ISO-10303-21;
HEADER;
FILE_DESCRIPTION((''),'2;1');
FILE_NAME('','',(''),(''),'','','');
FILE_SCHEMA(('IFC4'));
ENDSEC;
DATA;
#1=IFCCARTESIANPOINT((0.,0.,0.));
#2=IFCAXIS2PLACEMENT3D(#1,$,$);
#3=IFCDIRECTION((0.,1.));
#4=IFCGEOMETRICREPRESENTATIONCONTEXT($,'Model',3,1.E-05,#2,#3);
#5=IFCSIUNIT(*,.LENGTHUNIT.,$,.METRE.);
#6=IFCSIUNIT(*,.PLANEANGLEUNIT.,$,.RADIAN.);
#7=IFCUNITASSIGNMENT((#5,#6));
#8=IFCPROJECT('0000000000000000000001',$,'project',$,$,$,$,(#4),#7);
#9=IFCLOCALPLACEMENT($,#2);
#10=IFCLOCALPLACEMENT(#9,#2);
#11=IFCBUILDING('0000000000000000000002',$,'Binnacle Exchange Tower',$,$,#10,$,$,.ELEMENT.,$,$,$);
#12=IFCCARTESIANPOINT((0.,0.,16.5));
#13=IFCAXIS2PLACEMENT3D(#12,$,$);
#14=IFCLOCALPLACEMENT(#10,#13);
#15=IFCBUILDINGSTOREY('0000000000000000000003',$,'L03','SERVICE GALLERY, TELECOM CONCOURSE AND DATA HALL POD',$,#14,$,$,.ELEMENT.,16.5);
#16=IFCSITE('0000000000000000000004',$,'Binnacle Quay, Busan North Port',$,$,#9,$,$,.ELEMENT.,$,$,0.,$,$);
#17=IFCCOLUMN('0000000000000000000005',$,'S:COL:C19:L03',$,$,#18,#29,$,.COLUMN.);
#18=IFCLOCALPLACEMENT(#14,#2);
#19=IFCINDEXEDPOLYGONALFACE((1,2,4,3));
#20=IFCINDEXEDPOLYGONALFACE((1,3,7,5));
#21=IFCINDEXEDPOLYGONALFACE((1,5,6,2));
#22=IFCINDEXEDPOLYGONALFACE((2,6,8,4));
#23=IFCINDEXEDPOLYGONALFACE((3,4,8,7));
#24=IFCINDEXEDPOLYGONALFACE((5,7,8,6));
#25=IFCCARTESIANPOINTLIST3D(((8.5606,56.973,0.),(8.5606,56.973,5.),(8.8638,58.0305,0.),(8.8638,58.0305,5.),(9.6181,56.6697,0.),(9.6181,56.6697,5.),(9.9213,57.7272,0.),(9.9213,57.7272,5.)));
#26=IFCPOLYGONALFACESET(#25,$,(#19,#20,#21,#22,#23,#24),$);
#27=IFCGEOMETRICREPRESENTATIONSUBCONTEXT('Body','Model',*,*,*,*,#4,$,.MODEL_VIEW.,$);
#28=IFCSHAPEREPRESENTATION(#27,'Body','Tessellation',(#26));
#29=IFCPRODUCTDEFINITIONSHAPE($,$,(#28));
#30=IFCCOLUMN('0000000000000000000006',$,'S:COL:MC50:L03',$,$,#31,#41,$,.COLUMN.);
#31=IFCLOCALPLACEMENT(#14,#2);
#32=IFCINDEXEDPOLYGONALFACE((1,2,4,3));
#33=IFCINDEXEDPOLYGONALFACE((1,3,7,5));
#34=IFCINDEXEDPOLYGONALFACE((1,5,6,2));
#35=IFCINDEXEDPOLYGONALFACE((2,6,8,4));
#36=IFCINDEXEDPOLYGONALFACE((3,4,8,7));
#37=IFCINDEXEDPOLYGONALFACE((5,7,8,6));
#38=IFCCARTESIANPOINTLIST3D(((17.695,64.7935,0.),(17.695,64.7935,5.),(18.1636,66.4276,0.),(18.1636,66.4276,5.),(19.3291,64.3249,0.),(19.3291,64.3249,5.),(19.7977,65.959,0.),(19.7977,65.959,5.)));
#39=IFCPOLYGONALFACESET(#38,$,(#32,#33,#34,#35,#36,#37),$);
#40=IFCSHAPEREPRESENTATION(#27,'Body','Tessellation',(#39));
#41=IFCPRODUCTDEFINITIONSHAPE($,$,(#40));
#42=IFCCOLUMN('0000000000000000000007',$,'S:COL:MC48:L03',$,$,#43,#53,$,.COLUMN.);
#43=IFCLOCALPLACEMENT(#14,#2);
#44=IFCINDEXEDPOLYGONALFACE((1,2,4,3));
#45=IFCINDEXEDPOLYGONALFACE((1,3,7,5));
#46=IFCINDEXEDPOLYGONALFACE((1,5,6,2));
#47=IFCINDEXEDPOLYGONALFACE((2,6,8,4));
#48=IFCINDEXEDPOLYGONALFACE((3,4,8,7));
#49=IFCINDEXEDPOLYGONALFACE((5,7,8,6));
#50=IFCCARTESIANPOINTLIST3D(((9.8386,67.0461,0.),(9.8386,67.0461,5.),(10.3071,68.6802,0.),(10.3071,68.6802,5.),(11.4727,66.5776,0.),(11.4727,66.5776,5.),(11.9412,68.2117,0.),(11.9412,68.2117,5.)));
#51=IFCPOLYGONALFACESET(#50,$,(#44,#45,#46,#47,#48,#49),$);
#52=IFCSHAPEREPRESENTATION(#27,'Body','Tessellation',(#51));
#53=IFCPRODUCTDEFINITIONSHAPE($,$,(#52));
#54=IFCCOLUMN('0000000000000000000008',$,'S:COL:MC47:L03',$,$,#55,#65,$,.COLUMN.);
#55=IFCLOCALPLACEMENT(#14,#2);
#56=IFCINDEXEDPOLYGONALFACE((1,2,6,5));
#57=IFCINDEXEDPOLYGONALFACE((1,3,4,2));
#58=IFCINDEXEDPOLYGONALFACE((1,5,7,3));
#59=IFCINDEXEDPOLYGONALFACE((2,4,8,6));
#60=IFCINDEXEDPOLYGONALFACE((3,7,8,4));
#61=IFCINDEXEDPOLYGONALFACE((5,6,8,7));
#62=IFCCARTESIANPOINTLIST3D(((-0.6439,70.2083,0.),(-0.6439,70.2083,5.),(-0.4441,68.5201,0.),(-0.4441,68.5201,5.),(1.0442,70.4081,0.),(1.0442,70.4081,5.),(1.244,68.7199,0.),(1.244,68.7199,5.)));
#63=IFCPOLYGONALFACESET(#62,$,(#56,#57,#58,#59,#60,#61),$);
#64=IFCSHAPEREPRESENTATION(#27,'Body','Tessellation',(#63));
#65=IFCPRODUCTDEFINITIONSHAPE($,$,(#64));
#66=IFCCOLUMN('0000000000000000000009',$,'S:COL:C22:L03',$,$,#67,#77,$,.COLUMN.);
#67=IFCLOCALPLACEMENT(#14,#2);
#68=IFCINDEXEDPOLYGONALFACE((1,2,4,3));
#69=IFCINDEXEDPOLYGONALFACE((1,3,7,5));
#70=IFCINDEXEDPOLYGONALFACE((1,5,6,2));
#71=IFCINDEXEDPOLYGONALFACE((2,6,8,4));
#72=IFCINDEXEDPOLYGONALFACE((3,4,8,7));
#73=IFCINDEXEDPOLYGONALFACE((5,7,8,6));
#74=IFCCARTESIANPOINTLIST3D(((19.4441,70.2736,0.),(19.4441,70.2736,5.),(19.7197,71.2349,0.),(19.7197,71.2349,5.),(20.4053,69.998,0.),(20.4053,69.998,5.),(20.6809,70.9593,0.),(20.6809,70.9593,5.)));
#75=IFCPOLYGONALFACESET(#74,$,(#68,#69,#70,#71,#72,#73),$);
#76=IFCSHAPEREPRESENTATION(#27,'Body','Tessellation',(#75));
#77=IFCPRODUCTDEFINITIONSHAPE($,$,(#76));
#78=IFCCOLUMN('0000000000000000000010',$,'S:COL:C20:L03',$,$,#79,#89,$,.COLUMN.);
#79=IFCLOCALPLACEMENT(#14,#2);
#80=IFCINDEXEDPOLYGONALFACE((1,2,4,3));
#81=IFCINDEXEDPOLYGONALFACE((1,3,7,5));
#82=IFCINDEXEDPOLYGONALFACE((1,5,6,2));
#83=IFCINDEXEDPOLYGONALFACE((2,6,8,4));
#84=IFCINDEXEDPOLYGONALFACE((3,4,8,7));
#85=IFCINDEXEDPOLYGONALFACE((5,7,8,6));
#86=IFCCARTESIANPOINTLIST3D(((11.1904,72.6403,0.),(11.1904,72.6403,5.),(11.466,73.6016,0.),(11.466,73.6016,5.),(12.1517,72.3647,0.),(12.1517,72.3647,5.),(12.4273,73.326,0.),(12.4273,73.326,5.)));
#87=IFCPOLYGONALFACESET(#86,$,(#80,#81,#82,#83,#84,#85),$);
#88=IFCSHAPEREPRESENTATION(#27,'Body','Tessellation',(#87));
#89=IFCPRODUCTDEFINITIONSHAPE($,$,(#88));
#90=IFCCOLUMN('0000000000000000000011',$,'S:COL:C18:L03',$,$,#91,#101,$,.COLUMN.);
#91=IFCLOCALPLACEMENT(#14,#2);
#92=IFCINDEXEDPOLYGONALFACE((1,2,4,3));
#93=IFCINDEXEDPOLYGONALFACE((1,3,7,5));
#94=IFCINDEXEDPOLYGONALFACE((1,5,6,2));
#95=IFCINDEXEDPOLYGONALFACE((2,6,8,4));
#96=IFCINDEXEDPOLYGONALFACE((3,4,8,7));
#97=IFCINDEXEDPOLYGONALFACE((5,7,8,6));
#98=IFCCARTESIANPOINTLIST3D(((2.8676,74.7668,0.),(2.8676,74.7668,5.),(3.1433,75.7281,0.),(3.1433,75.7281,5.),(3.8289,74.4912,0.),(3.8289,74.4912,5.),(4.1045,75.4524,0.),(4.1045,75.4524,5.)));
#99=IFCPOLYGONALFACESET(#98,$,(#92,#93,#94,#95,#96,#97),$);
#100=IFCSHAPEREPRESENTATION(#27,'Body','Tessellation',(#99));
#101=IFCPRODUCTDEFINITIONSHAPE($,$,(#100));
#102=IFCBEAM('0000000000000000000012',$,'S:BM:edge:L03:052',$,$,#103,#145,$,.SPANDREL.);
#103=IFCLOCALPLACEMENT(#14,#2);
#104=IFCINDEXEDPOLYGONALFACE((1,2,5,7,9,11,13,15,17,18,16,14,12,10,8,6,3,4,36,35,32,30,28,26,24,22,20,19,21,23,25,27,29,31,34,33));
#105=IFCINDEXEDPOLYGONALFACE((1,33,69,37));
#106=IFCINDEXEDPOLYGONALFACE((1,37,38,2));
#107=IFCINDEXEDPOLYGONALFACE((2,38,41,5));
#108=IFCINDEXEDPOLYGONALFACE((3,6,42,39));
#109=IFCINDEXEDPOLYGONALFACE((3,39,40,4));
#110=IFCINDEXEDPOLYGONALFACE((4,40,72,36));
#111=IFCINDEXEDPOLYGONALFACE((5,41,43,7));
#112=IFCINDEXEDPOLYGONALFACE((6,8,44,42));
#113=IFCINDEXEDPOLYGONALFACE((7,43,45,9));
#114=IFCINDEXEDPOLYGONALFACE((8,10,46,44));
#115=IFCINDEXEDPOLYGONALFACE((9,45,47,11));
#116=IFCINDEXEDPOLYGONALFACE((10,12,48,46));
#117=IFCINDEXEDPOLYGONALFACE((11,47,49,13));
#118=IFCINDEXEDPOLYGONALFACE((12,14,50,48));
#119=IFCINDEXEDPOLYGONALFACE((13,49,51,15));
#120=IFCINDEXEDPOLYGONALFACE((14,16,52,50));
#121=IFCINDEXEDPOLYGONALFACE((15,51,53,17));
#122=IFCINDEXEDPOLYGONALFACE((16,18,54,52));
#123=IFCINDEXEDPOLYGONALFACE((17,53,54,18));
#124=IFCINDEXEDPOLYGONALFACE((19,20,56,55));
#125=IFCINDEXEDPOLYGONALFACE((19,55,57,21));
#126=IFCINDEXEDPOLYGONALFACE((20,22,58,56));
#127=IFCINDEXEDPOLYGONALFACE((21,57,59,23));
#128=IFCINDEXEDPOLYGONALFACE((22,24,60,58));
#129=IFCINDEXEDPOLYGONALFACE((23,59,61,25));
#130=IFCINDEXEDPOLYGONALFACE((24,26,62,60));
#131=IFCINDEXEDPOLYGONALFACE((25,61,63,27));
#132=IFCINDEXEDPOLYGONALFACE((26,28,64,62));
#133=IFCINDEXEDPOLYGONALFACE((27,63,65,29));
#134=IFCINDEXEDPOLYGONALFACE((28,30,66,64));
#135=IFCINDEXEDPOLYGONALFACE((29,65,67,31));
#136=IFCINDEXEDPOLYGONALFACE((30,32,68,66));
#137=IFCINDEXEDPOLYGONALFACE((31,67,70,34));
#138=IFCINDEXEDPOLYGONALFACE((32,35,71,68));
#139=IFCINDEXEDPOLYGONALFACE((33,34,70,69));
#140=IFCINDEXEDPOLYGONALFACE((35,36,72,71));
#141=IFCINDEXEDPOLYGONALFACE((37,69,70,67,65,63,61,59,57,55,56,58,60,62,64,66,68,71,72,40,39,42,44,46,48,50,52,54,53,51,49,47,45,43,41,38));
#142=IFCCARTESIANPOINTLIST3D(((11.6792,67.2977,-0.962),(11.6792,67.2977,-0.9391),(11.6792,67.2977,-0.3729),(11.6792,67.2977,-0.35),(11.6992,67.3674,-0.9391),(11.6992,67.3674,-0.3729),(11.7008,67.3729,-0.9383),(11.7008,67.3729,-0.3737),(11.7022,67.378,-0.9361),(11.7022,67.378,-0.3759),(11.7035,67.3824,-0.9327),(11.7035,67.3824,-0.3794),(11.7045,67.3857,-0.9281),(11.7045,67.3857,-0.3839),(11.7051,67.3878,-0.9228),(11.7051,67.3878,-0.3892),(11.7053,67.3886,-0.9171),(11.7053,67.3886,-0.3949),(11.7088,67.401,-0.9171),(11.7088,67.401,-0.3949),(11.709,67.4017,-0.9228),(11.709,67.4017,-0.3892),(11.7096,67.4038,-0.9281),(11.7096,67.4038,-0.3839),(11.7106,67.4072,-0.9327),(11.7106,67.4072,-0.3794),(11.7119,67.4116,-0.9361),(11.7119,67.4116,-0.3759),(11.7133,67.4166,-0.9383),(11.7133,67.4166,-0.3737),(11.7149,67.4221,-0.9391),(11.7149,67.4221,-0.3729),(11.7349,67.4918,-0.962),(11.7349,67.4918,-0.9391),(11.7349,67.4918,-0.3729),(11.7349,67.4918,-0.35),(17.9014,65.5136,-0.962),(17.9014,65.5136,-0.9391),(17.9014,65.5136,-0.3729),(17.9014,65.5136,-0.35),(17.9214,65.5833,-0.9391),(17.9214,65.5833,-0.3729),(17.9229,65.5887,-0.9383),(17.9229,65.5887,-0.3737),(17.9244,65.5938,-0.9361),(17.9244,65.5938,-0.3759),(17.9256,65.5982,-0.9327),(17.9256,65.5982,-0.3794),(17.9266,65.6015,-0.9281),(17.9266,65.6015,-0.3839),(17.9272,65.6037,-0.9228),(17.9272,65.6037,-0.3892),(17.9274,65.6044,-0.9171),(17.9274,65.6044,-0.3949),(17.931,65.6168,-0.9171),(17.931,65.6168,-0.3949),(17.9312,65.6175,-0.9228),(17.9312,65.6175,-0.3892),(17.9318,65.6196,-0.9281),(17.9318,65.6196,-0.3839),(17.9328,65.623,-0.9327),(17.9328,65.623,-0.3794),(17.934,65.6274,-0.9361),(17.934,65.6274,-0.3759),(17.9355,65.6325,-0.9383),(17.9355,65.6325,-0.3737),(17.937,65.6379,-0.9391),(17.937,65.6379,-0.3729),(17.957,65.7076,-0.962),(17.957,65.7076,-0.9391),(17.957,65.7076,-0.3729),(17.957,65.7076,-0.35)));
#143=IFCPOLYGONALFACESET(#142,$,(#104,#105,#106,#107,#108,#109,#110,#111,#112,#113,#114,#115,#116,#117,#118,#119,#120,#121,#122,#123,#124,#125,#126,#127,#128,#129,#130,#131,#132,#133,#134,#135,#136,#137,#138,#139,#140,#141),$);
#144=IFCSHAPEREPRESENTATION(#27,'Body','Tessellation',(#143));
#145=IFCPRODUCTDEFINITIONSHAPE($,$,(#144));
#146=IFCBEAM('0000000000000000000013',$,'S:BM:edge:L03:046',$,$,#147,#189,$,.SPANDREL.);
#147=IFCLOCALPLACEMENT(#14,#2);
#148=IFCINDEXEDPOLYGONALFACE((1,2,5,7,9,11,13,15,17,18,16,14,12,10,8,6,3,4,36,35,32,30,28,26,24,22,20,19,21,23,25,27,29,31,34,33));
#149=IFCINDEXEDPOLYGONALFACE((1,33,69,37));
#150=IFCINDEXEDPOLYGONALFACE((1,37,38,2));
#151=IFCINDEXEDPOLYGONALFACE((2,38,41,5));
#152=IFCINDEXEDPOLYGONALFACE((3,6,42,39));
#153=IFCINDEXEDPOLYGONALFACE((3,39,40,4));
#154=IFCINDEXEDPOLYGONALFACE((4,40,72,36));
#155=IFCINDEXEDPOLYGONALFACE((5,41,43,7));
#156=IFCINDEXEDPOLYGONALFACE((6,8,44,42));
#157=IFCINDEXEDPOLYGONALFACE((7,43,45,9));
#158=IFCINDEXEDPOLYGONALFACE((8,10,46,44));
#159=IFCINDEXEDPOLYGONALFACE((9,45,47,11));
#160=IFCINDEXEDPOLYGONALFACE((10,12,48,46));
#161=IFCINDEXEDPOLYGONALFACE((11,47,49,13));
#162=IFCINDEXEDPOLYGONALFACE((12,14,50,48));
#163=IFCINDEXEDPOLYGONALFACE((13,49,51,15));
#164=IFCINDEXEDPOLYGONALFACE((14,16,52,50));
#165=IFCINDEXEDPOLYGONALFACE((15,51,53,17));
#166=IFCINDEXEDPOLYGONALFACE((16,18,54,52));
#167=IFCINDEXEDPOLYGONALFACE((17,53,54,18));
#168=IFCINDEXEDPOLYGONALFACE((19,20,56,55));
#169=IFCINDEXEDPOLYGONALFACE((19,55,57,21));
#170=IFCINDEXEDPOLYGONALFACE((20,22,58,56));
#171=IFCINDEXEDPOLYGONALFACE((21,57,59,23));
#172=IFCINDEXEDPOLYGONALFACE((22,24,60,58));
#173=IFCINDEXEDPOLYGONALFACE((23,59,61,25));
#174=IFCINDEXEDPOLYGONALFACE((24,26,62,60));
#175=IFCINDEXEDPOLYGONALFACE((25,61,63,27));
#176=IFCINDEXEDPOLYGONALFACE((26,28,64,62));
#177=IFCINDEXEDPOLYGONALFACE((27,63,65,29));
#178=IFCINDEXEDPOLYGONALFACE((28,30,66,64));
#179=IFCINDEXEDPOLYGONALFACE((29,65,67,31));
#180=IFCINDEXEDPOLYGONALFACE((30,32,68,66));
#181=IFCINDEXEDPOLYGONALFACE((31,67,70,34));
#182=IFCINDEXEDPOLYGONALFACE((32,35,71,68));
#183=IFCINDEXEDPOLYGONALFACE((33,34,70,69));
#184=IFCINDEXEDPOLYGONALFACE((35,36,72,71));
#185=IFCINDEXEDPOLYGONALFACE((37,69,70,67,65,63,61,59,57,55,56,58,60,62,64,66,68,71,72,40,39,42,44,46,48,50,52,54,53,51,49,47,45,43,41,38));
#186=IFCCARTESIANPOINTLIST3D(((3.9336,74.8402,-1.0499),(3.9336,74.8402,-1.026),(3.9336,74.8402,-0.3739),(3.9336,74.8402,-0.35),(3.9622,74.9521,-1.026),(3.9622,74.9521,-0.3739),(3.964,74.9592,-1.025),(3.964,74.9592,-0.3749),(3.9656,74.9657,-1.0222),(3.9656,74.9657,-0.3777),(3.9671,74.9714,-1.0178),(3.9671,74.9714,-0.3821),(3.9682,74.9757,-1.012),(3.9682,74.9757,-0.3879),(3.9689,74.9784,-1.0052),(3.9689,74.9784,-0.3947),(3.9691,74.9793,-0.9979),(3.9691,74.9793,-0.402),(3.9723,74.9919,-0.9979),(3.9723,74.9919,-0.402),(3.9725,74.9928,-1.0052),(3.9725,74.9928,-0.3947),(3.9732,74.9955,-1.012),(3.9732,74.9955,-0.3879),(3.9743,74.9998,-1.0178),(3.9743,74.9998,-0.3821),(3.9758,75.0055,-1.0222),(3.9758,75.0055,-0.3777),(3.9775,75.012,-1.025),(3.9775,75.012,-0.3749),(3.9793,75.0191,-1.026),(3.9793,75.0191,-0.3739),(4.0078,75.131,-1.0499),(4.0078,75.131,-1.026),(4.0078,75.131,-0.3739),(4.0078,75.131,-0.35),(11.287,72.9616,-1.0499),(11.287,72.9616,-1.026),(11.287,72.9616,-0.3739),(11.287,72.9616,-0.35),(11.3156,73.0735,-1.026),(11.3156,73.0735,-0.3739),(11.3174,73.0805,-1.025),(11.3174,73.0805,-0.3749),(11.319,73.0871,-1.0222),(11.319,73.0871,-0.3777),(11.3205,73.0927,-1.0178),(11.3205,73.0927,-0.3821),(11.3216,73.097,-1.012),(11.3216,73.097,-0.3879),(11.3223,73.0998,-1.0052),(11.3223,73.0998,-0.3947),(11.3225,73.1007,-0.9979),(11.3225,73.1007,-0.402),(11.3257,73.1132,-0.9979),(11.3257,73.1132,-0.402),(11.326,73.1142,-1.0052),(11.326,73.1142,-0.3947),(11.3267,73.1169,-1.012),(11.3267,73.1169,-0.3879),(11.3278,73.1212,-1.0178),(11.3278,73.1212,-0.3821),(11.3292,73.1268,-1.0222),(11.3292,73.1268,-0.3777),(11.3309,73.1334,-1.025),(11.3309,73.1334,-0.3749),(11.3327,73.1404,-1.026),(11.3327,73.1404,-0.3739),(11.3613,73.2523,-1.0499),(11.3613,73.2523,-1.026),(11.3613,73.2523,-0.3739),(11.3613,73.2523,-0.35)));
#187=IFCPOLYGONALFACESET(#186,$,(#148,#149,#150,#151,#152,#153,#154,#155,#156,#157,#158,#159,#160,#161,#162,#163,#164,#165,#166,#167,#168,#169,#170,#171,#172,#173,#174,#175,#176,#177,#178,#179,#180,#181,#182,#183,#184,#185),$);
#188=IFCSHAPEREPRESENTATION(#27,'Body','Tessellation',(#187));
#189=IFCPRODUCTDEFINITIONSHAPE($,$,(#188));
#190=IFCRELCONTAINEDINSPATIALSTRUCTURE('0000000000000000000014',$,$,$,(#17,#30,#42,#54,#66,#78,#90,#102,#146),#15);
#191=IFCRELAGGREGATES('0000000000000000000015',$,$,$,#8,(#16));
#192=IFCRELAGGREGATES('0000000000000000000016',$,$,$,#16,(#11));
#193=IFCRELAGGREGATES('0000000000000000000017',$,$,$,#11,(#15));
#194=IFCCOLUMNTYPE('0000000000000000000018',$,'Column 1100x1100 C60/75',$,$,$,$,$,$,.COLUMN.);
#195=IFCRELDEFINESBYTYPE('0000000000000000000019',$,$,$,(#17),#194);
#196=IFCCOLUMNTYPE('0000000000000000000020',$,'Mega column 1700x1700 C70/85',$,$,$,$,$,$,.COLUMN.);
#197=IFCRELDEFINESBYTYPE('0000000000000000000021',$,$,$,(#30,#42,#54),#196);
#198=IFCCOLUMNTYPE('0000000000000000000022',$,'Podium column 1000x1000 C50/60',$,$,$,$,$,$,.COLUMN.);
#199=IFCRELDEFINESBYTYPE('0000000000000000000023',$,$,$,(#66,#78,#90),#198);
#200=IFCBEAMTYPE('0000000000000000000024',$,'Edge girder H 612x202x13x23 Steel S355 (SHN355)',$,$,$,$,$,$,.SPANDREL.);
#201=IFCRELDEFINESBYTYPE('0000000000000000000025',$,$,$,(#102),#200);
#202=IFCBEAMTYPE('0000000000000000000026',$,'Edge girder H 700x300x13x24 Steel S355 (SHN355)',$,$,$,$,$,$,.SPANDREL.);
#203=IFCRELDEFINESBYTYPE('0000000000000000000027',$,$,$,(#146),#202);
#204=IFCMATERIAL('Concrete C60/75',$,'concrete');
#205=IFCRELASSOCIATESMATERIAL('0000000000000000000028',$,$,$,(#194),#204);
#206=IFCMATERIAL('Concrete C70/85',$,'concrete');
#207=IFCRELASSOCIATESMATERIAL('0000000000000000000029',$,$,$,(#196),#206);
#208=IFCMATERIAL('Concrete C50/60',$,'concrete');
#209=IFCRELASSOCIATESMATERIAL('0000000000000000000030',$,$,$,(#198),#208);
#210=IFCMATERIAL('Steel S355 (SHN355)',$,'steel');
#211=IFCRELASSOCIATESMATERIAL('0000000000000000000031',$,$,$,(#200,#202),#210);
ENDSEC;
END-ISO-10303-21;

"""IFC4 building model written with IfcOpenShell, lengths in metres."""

from ifc_helpers import new_model, si_unit, direction, frame, origin, origin_2d, place, context, subcontext, project, spatial, rectangle, i_section, extrude, material, material_profile, profile_set, type_object, element, save


model = new_model("IFC4")

# Units and contexts
model_context = context("Model", 3, precision=1e-05, world=origin(), true_north=direction((0.0, 1.0)))
body_context = subcontext(model_context, "Body", "Model", "MODEL_VIEW")
ifc_project = project(units=[si_unit("LENGTHUNIT", "METRE"), si_unit("PLANEANGLEUNIT", "RADIAN")], contexts=[model_context])

# Site, building, storey
site_placement = place(None, origin())
site = spatial("IfcSite", under=ifc_project, at=site_placement, Name="Binnacle Quay, Busan North Port", CompositionType="ELEMENT", RefElevation=0.0)
building_placement = place(site_placement, origin())
building = spatial("IfcBuilding", under=site, at=building_placement, Name="Binnacle Exchange Tower", CompositionType="ELEMENT")
storey_placement = place(building_placement, frame((0.0, 0.0, 16.5)))
storey = spatial("IfcBuildingStorey", under=building, at=storey_placement, Name="L03", Description="SERVICE GALLERY, TELECOM CONCOURSE AND DATA HALL POD", CompositionType="ELEMENT", Elevation=16.5)

# Columns
ifc_material_1 = material(Name="Concrete C60/75", Category="concrete")
ifc_material_profile_1 = material_profile(ifc_material_1, rectangle(XDim=1.1001, YDim=1.1001, at=origin_2d()), Name="Column 1100x1100 C60/75")
ifc_profile_set_1 = profile_set([ifc_material_profile_1], Name="Concrete C60/75")
column_type_1 = type_object("IfcColumnType", Name="Column 1100x1100 C60/75", PredefinedType="COLUMN", material=ifc_profile_set_1)
column_placement = place(storey_placement, frame((9.241, 57.3501, 0.0), z_axis=(0.0, 0.0, 1.0), x_axis=(0.961262, -0.275637, 0.0)))
element("IfcColumn", 1, at=column_placement, inside=storey, type_object=column_type_1, Name="S:COL:C19:L03", PredefinedType="COLUMN", context=body_context, shape_type="SweptSolid", body=[
    extrude(rectangle(XDim=1.1001, YDim=1.1001, at=origin_2d()), origin(), (0.0, 0.0, 1.0), 5.0),
])
ifc_material_2 = material(Name="Concrete C70/85", Category="concrete")
ifc_material_profile_2 = material_profile(ifc_material_2, rectangle(XDim=1.7, YDim=1.7, at=origin_2d()), Name="Mega column 1700x1700 C70/85")
ifc_profile_set_2 = profile_set([ifc_material_profile_2], Name="Concrete C70/85")
column_type_2 = type_object("IfcColumnType", Name="Mega column 1700x1700 C70/85", PredefinedType="COLUMN", material=ifc_profile_set_2)
for number, where, z_axis, x_axis, name in (
    (2, (18.7463, 65.3762, 0.0), (0.0, 0.0, 1.0), (-0.961262, 0.275637, 0.0), "S:COL:MC50:L03"),
    (3, (10.8899, 67.6289, 0.0), (0.0, 0.0, 1.0), (-0.961262, 0.275637, 0.0), "S:COL:MC48:L03"),
    (4, (0.3, 69.4641, 0.0), (0.0, 0.0, 1.0), (-0.993068, -0.117537, 0.0), "S:COL:MC47:L03"),
):
    element("IfcColumn", number, at=place(storey_placement, frame(where, z_axis=z_axis, x_axis=x_axis)), inside=storey, type_object=column_type_2, Name=name, PredefinedType="COLUMN", context=body_context, shape_type="SweptSolid", body=[
        extrude(rectangle(XDim=1.7, YDim=1.7, at=origin_2d()), origin(), (0.0, 0.0, 1.0), 5.0),
    ])
ifc_material_3 = material(Name="Concrete C50/60", Category="concrete")
ifc_material_profile_3 = material_profile(ifc_material_3, rectangle(XDim=1.0, YDim=1.0, at=origin_2d()), Name="Podium column 1000x1000 C50/60")
ifc_profile_set_3 = profile_set([ifc_material_profile_3], Name="Concrete C50/60")
column_type_3 = type_object("IfcColumnType", Name="Podium column 1000x1000 C50/60", PredefinedType="COLUMN", material=ifc_profile_set_3)
for number, where, z_axis, x_axis, name in (
    (5, (20.0625, 70.6165, 0.0), (0.0, 0.0, 1.0), (-0.961262, 0.275637, 0.0), "S:COL:C22:L03"),
    (6, (11.8088, 72.9832, 0.0), (0.0, 0.0, 1.0), (-0.961262, 0.275637, 0.0), "S:COL:C20:L03"),
    (7, (3.4861, 75.1096, 0.0), (0.0, 0.0, 1.0), (-0.961262, 0.275637, 0.0), "S:COL:C18:L03"),
):
    element("IfcColumn", number, at=place(storey_placement, frame(where, z_axis=z_axis, x_axis=x_axis)), inside=storey, type_object=column_type_3, Name=name, PredefinedType="COLUMN", context=body_context, shape_type="SweptSolid", body=[
        extrude(rectangle(XDim=1.0, YDim=1.0, at=origin_2d()), origin(), (0.0, 0.0, 1.0), 5.0),
    ])

# Beams
ifc_material_4 = material(Name="Steel S355 (SHN355)", Category="steel")
ifc_material_profile_4 = material_profile(ifc_material_4, i_section(OverallWidth=0.2019, OverallDepth=0.6121, WebThickness=0.0129, FlangeThickness=0.0229, FilletRadius=0.022, at=origin_2d()), Name="H 612x202x13x23")
ifc_profile_set_4 = profile_set([ifc_material_profile_4], Name="Steel S355 (SHN355)")
beam_type_1 = type_object("IfcBeamType", Name="Edge girder H 612x202x13x23 Steel S355 (SHN355)", PredefinedType="SPANDREL", material=ifc_profile_set_4)
beam_1_placement = place(storey_placement, frame((17.9292, 65.6106, -0.656), z_axis=(-0.961262, 0.275638, 0.0), x_axis=(-0.275638, -0.961262, 0.0)))
element("IfcBeam", 8, at=beam_1_placement, inside=storey, type_object=beam_type_1, Name="S:BM:edge:L03:052", PredefinedType="SPANDREL", context=body_context, shape_type="SweptSolid", body=[
    extrude(i_section(OverallWidth=0.2019, OverallDepth=0.6121, WebThickness=0.0129, FlangeThickness=0.0229, FilletRadius=0.022, at=origin_2d()), origin(), (0.0, 0.0, 1.0), 6.4729),
])
ifc_material_profile_5 = material_profile(ifc_material_4, i_section(OverallWidth=0.3, OverallDepth=0.7, WebThickness=0.0129, FlangeThickness=0.0239, FilletRadius=0.0281, at=origin_2d()), Name="H 700x300x13x24")
ifc_profile_set_5 = profile_set([ifc_material_profile_5], Name="Steel S355 (SHN355)")
beam_type_2 = type_object("IfcBeamType", Name="Edge girder H 700x300x13x24 Steel S355 (SHN355)", PredefinedType="SPANDREL", material=ifc_profile_set_5)
beam_2_placement = place(storey_placement, frame((3.9707, 74.9856, -0.7), z_axis=(0.968881, -0.247528, 0.0), x_axis=(0.247528, 0.968881, 0.0)))
element("IfcBeam", 9, at=beam_2_placement, inside=storey, type_object=beam_type_2, Name="S:BM:edge:L03:046", PredefinedType="SPANDREL", context=body_context, shape_type="SweptSolid", body=[
    extrude(i_section(OverallWidth=0.3, OverallDepth=0.7, WebThickness=0.0129, FlangeThickness=0.0239, FilletRadius=0.0281, at=origin_2d()), origin(), (0.0, 0.0, 1.0), 7.5896),
])

save(model, "model.ifc")
